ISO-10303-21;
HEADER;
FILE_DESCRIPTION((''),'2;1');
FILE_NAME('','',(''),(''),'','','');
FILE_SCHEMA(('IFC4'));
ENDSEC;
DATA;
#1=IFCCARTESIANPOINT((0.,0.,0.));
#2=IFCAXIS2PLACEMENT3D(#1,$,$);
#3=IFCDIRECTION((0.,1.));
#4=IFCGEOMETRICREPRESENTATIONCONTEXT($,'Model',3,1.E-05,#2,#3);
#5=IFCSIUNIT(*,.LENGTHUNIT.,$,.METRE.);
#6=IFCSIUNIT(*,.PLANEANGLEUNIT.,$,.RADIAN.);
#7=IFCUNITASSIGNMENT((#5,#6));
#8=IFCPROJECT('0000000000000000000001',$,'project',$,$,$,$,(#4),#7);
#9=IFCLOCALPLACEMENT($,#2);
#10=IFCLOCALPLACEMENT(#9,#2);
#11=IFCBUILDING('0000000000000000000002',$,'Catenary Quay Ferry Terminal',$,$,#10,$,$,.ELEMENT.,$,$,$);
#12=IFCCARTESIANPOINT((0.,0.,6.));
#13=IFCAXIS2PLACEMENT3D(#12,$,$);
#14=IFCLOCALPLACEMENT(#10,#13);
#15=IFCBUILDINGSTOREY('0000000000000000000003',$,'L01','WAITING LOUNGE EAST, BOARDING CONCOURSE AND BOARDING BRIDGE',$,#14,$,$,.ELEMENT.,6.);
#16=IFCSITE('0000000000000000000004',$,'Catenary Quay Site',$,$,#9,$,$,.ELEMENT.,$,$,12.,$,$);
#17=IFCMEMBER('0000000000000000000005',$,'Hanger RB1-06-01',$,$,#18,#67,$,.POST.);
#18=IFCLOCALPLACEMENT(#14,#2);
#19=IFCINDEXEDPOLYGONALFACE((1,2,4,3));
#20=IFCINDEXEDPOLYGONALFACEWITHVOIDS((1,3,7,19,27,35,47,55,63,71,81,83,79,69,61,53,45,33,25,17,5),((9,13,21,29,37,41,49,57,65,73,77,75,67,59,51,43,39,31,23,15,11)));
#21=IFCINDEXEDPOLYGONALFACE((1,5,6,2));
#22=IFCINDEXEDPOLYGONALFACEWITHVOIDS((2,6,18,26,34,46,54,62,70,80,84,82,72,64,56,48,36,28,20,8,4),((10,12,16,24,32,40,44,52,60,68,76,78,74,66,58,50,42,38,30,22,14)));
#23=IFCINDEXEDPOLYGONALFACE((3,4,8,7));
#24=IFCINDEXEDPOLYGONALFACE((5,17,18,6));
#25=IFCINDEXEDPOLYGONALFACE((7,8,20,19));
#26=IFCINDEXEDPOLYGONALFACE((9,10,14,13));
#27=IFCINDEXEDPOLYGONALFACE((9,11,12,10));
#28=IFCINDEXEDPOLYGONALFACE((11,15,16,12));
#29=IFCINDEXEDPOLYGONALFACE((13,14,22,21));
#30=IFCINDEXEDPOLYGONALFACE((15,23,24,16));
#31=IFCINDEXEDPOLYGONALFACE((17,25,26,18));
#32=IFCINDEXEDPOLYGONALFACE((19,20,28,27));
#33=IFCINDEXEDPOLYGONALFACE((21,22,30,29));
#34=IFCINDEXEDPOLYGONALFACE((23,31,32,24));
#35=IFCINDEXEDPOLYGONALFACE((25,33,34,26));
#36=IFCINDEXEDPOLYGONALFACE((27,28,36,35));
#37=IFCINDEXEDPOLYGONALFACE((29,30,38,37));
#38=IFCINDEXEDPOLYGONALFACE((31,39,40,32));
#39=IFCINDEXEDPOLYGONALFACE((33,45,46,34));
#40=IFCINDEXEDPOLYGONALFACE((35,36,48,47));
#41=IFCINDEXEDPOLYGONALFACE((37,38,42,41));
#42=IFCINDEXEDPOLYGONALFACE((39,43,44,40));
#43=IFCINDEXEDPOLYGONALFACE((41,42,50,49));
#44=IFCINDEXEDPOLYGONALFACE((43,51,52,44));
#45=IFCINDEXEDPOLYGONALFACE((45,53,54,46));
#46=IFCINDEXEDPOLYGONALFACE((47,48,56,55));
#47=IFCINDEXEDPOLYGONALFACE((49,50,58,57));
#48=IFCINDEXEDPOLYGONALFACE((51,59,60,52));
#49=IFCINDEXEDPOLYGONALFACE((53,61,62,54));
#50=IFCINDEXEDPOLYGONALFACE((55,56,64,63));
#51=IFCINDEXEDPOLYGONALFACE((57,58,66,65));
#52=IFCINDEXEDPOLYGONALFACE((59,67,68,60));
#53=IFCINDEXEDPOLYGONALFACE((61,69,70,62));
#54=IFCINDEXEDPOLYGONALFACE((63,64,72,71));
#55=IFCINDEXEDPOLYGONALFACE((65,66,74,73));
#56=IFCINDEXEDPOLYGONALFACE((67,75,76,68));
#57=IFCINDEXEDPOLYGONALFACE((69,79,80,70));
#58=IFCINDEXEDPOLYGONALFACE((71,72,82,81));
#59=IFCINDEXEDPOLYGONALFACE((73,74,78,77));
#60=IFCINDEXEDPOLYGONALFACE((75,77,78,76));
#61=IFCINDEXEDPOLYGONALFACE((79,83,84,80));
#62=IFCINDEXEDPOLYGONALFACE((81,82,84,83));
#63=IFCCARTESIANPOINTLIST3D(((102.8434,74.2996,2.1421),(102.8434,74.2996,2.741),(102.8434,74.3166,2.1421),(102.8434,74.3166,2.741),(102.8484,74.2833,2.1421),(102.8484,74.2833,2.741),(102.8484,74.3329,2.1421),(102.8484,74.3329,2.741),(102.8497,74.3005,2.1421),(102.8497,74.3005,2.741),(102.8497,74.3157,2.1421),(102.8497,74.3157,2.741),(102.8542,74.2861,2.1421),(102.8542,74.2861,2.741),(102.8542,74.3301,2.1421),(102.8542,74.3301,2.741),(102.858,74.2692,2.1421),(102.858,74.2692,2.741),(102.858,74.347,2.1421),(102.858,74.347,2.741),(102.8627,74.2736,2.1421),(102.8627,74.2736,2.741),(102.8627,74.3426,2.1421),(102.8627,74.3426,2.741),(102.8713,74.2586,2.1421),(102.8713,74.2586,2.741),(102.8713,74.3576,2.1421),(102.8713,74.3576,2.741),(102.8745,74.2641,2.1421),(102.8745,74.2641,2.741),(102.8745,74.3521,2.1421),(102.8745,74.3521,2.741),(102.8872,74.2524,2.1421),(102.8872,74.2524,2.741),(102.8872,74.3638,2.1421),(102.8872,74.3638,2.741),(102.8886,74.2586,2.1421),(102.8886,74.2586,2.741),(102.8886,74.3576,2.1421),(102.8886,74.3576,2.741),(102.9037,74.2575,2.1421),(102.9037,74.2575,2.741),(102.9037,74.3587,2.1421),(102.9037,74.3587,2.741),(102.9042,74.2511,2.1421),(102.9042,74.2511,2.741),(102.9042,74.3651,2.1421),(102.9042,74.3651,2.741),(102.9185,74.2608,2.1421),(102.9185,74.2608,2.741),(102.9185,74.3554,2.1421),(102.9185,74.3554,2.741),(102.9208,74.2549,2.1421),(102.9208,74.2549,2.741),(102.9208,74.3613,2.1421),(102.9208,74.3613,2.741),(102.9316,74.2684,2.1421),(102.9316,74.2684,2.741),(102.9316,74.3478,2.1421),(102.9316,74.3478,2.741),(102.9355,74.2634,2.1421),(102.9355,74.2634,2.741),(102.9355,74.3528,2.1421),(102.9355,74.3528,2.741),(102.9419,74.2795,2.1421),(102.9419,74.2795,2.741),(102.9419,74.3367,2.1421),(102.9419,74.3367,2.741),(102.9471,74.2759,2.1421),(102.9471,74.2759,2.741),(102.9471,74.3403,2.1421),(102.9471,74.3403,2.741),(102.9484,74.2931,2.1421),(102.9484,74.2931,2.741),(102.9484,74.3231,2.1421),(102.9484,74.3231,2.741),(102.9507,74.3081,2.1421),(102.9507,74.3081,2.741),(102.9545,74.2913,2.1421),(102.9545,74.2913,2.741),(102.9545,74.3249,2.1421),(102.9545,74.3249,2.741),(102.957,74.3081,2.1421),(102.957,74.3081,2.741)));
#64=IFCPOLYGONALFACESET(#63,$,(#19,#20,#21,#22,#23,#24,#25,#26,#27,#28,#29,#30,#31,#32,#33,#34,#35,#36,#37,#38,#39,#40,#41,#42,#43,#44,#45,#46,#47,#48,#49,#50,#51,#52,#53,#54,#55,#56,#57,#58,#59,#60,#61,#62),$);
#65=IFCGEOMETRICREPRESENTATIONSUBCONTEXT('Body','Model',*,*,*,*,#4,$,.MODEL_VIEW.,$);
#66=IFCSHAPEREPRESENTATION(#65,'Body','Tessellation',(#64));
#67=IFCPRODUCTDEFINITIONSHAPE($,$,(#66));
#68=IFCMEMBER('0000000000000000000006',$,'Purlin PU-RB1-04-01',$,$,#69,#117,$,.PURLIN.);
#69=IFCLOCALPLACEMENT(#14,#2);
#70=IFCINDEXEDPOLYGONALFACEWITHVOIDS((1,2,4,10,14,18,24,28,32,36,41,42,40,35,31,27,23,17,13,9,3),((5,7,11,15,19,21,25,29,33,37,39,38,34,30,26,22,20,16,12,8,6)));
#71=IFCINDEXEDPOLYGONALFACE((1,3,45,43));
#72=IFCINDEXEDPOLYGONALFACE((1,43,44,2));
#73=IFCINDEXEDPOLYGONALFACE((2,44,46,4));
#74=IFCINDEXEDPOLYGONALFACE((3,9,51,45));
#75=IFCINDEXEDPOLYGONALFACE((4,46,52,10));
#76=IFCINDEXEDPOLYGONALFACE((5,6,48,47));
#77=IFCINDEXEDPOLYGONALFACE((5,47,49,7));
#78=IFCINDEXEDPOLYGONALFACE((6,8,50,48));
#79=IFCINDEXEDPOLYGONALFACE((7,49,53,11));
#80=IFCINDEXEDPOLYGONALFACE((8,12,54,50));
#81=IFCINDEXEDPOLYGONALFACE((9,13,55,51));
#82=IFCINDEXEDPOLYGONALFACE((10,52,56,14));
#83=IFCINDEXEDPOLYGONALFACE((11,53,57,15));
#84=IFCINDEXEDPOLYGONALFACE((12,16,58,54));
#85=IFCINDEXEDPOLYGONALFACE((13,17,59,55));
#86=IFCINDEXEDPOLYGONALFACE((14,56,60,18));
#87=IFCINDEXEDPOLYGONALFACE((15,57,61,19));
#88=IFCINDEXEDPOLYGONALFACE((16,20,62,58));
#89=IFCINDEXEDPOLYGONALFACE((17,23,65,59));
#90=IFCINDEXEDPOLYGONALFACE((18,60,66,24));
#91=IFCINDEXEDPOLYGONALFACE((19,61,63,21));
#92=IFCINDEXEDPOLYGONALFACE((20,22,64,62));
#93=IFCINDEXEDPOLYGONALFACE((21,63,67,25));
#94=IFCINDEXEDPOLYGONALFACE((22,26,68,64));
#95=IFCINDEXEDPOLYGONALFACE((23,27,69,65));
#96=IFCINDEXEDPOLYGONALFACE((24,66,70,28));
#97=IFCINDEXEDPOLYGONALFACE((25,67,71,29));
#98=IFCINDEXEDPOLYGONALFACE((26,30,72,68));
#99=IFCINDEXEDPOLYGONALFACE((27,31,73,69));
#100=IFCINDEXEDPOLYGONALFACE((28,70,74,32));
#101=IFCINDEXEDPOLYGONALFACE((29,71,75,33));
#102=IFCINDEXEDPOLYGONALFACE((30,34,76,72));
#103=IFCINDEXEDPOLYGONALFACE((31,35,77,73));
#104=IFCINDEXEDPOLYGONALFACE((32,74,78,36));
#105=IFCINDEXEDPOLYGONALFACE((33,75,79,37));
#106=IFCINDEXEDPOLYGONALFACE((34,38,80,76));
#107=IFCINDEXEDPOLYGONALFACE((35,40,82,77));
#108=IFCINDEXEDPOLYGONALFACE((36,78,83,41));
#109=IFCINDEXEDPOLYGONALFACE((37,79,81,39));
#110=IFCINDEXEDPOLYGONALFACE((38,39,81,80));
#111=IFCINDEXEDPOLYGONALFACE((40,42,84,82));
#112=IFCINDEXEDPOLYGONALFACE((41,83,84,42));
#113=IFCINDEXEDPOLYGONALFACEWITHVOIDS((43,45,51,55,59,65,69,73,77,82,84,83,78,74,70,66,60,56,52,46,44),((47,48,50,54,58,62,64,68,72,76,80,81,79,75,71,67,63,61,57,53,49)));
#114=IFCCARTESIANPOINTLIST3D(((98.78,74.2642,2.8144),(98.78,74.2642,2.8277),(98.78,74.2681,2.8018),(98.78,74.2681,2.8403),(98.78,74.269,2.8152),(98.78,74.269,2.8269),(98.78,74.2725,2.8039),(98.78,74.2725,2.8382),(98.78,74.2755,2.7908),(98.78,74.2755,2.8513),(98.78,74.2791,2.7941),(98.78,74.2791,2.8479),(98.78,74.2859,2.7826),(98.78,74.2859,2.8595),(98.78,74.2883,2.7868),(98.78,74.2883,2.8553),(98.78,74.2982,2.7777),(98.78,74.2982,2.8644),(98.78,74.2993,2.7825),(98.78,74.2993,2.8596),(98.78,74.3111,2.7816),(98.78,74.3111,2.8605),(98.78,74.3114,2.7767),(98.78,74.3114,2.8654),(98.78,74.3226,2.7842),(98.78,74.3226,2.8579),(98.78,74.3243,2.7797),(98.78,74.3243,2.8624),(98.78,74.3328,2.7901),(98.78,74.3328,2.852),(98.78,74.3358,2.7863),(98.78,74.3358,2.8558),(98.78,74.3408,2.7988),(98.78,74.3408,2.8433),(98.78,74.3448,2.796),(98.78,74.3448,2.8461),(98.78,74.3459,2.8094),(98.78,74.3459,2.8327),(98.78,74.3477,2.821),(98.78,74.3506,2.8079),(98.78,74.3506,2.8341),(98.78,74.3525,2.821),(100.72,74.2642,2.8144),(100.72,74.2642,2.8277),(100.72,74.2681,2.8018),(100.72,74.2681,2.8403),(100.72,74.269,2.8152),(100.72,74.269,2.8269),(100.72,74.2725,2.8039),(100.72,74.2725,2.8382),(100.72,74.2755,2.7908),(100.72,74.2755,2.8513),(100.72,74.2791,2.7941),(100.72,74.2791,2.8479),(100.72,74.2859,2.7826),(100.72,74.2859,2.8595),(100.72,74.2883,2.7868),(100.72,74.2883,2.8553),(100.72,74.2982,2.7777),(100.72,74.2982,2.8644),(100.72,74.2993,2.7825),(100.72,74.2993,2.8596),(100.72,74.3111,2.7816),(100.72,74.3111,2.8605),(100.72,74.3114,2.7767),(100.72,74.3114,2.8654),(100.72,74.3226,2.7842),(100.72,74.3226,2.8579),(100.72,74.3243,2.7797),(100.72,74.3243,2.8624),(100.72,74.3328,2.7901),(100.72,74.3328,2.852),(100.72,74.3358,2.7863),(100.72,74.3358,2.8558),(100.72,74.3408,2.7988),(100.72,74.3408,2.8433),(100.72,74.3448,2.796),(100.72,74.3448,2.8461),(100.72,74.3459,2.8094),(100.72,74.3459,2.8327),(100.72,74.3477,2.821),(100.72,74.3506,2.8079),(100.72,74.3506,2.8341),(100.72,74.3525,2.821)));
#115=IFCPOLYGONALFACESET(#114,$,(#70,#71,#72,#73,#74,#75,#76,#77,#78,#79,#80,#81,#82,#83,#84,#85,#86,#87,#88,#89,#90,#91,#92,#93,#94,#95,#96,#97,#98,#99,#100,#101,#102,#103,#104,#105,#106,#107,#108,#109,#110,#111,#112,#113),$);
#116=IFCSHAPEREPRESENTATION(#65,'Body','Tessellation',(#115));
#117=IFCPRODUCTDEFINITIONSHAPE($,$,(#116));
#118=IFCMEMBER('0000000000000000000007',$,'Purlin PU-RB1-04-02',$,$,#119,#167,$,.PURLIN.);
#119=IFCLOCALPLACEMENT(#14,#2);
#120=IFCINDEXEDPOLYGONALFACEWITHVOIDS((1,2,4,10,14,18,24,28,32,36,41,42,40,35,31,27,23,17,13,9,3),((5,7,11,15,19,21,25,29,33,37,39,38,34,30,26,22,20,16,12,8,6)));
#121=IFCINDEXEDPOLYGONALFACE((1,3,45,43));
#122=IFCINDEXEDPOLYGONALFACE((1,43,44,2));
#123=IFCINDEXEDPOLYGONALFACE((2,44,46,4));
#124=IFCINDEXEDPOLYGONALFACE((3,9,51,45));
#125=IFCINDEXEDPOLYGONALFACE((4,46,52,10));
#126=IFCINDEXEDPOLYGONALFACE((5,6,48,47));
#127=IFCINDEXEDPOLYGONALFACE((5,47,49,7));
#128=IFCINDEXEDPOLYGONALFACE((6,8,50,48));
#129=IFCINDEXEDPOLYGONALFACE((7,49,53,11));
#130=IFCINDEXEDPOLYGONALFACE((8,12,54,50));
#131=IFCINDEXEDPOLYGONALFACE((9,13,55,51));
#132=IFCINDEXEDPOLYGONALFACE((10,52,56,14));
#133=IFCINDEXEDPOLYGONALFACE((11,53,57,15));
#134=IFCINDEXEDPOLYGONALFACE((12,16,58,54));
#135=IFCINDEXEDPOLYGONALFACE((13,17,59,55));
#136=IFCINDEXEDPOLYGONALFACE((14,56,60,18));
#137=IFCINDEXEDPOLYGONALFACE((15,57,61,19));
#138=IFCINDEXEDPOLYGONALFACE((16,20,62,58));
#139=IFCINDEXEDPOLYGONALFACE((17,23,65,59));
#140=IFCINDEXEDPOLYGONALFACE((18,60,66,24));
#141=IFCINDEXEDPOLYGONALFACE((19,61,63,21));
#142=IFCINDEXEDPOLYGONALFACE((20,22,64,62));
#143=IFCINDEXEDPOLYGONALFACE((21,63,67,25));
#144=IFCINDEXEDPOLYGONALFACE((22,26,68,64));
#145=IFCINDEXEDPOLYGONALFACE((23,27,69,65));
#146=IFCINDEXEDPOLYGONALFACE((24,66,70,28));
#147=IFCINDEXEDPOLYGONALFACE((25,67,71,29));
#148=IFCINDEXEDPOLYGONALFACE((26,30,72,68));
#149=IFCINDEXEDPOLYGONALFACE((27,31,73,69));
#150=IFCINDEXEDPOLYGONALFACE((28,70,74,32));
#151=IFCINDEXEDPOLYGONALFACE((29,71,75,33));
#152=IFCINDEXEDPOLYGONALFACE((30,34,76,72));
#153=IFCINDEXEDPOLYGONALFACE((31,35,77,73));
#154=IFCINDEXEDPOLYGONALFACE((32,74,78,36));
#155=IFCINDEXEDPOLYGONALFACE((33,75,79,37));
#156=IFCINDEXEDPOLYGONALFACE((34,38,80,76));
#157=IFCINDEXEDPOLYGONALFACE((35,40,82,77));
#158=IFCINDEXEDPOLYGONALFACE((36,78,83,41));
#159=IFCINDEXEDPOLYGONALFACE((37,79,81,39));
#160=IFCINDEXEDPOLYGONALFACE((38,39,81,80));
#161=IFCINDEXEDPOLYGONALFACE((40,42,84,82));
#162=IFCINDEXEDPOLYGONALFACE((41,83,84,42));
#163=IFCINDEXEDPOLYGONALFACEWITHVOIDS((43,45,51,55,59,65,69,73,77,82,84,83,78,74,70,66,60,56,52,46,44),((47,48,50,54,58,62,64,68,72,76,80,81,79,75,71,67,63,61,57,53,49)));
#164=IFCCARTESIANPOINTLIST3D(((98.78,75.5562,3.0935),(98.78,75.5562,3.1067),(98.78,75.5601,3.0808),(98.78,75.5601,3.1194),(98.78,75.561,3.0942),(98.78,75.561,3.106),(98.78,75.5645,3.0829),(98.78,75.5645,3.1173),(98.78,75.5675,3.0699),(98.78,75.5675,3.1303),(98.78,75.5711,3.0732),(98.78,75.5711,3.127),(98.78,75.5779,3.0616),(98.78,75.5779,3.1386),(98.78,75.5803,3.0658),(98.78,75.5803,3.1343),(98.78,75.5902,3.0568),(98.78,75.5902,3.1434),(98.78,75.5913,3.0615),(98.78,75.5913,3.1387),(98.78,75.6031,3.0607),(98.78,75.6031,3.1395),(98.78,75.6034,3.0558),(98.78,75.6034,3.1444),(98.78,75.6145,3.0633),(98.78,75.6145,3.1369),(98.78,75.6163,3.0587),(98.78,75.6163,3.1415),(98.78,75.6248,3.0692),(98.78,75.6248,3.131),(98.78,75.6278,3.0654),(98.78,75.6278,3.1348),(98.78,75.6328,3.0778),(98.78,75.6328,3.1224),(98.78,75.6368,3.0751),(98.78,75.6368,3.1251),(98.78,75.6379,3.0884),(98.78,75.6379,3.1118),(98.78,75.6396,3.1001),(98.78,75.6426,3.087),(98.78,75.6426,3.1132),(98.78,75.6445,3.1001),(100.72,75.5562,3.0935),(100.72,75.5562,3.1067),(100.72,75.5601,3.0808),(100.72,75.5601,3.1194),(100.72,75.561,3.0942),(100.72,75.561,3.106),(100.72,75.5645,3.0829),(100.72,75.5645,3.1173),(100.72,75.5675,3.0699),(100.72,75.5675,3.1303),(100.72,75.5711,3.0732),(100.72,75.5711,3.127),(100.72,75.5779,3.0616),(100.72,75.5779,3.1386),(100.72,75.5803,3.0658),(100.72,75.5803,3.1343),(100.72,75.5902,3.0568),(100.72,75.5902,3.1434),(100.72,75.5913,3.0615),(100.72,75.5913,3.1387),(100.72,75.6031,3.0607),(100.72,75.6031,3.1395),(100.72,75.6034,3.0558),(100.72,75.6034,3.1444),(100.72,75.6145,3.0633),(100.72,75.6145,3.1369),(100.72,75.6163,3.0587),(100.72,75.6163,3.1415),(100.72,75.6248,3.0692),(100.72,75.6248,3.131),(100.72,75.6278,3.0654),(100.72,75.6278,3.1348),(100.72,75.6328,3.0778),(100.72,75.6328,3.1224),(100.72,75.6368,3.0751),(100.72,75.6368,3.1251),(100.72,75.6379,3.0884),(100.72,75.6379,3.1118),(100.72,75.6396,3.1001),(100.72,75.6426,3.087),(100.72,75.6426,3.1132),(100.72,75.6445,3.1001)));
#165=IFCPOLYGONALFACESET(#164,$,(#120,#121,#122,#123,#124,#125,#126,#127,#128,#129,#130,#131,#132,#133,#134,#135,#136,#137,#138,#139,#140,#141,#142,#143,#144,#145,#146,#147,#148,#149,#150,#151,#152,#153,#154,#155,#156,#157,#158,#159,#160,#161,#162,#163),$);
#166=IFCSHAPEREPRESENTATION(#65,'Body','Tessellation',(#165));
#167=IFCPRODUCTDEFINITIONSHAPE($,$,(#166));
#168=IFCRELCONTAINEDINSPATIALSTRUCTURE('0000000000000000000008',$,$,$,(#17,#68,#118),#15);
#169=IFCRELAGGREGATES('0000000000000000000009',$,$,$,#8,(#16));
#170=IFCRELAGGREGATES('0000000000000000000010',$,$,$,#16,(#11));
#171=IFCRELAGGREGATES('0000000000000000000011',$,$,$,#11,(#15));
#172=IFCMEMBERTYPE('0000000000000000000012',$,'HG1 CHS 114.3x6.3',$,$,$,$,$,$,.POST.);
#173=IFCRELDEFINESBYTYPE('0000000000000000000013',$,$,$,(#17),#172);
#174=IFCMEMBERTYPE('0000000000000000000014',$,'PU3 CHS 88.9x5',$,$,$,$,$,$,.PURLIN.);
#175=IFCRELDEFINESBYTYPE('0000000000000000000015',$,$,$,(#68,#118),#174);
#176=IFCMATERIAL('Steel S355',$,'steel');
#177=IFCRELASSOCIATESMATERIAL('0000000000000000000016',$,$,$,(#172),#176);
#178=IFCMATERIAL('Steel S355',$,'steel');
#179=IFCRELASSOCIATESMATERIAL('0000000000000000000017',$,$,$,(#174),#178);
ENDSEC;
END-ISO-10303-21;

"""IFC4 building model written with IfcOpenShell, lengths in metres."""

from ifc_helpers import new_model, si_unit, direction, frame, origin, origin_2d, place, context, subcontext, project, spatial, hollow_circle, extrude, material, material_profile, profile_set, type_object, element, save


model = new_model("IFC4")

# Units and contexts
model_context = context("Model", 3, precision=1e-05, world=origin(), true_north=direction((0.0, 1.0)))
body_context = subcontext(model_context, "Body", "Model", "MODEL_VIEW")
ifc_project = project(units=[si_unit("LENGTHUNIT", "METRE"), si_unit("PLANEANGLEUNIT", "RADIAN")], contexts=[model_context])

# Site, building, storey
site_placement = place(None, origin())
site = spatial("IfcSite", under=ifc_project, at=site_placement, Name="Catenary Quay Site", CompositionType="ELEMENT", RefElevation=12.0)
building_placement = place(site_placement, origin())
building = spatial("IfcBuilding", under=site, at=building_placement, Name="Catenary Quay Ferry Terminal", CompositionType="ELEMENT")
storey_placement = place(building_placement, frame((0.0, 0.0, 6.0)))
storey = spatial("IfcBuildingStorey", under=building, at=storey_placement, Name="L01", Description="WAITING LOUNGE EAST, BOARDING CONCOURSE AND BOARDING BRIDGE", CompositionType="ELEMENT", Elevation=6.0)

# Members
ifc_material_1 = material(Name="Steel S355", Category="steel")
ifc_material_profile_1 = material_profile(ifc_material_1, hollow_circle(Radius=0.0571, WallThickness=0.0063, at=origin_2d()), Name="CHS 114.3x6.3")
ifc_profile_set_1 = profile_set([ifc_material_profile_1], Name="Steel S355")
member_type_1 = type_object("IfcMemberType", Name="HG1 CHS 114.3x6.3", PredefinedType="POST", material=ifc_profile_set_1)
for number, where, z_axis, x_axis, name in (
    (1, (102.8999, 74.3081, 2.1421), (0.0, 0.0, 1.0), (1.0, 0.0, 0.0), "Hanger RB1-06-01"),
):
    element("IfcMember", number, at=place(storey_placement, frame(where, z_axis=z_axis, x_axis=x_axis)), inside=storey, type_object=member_type_1, Name=name, PredefinedType="POST", context=body_context, shape_type="SweptSolid", body=[
        extrude(hollow_circle(Radius=0.0571, WallThickness=0.0063, at=origin_2d()), origin(), (0.0, 0.0, 1.0), 0.5989),
    ])
ifc_material_2 = material(Name="Steel S355", Category="steel")
ifc_material_profile_2 = material_profile(ifc_material_2, hollow_circle(Radius=0.0444, WallThickness=0.0049, at=origin_2d()), Name="CHS 88.9x5")
ifc_profile_set_2 = profile_set([ifc_material_profile_2], Name="Steel S355")
member_type_2 = type_object("IfcMemberType", Name="PU3 CHS 88.9x5", PredefinedType="PURLIN", material=ifc_profile_set_2)
for number, where, z_axis, x_axis, name in (
    (2, (98.78, 74.3081, 2.821), (1.0, 0.0, 0.0), (0.0, 1.0, 0.0), "Purlin PU-RB1-04-01"),
    (3, (98.78, 75.6001, 3.1001), (1.0, 0.0, 0.0), (0.0, 1.0, 0.0), "Purlin PU-RB1-04-02"),
):
    element("IfcMember", number, at=place(storey_placement, frame(where, z_axis=z_axis, x_axis=x_axis)), inside=storey, type_object=member_type_2, Name=name, PredefinedType="PURLIN", context=body_context, shape_type="SweptSolid", body=[
        extrude(hollow_circle(Radius=0.0444, WallThickness=0.0049, at=origin_2d()), origin(), (0.0, 0.0, 1.0), 1.9399),
    ])

save(model, "model.ifc")
